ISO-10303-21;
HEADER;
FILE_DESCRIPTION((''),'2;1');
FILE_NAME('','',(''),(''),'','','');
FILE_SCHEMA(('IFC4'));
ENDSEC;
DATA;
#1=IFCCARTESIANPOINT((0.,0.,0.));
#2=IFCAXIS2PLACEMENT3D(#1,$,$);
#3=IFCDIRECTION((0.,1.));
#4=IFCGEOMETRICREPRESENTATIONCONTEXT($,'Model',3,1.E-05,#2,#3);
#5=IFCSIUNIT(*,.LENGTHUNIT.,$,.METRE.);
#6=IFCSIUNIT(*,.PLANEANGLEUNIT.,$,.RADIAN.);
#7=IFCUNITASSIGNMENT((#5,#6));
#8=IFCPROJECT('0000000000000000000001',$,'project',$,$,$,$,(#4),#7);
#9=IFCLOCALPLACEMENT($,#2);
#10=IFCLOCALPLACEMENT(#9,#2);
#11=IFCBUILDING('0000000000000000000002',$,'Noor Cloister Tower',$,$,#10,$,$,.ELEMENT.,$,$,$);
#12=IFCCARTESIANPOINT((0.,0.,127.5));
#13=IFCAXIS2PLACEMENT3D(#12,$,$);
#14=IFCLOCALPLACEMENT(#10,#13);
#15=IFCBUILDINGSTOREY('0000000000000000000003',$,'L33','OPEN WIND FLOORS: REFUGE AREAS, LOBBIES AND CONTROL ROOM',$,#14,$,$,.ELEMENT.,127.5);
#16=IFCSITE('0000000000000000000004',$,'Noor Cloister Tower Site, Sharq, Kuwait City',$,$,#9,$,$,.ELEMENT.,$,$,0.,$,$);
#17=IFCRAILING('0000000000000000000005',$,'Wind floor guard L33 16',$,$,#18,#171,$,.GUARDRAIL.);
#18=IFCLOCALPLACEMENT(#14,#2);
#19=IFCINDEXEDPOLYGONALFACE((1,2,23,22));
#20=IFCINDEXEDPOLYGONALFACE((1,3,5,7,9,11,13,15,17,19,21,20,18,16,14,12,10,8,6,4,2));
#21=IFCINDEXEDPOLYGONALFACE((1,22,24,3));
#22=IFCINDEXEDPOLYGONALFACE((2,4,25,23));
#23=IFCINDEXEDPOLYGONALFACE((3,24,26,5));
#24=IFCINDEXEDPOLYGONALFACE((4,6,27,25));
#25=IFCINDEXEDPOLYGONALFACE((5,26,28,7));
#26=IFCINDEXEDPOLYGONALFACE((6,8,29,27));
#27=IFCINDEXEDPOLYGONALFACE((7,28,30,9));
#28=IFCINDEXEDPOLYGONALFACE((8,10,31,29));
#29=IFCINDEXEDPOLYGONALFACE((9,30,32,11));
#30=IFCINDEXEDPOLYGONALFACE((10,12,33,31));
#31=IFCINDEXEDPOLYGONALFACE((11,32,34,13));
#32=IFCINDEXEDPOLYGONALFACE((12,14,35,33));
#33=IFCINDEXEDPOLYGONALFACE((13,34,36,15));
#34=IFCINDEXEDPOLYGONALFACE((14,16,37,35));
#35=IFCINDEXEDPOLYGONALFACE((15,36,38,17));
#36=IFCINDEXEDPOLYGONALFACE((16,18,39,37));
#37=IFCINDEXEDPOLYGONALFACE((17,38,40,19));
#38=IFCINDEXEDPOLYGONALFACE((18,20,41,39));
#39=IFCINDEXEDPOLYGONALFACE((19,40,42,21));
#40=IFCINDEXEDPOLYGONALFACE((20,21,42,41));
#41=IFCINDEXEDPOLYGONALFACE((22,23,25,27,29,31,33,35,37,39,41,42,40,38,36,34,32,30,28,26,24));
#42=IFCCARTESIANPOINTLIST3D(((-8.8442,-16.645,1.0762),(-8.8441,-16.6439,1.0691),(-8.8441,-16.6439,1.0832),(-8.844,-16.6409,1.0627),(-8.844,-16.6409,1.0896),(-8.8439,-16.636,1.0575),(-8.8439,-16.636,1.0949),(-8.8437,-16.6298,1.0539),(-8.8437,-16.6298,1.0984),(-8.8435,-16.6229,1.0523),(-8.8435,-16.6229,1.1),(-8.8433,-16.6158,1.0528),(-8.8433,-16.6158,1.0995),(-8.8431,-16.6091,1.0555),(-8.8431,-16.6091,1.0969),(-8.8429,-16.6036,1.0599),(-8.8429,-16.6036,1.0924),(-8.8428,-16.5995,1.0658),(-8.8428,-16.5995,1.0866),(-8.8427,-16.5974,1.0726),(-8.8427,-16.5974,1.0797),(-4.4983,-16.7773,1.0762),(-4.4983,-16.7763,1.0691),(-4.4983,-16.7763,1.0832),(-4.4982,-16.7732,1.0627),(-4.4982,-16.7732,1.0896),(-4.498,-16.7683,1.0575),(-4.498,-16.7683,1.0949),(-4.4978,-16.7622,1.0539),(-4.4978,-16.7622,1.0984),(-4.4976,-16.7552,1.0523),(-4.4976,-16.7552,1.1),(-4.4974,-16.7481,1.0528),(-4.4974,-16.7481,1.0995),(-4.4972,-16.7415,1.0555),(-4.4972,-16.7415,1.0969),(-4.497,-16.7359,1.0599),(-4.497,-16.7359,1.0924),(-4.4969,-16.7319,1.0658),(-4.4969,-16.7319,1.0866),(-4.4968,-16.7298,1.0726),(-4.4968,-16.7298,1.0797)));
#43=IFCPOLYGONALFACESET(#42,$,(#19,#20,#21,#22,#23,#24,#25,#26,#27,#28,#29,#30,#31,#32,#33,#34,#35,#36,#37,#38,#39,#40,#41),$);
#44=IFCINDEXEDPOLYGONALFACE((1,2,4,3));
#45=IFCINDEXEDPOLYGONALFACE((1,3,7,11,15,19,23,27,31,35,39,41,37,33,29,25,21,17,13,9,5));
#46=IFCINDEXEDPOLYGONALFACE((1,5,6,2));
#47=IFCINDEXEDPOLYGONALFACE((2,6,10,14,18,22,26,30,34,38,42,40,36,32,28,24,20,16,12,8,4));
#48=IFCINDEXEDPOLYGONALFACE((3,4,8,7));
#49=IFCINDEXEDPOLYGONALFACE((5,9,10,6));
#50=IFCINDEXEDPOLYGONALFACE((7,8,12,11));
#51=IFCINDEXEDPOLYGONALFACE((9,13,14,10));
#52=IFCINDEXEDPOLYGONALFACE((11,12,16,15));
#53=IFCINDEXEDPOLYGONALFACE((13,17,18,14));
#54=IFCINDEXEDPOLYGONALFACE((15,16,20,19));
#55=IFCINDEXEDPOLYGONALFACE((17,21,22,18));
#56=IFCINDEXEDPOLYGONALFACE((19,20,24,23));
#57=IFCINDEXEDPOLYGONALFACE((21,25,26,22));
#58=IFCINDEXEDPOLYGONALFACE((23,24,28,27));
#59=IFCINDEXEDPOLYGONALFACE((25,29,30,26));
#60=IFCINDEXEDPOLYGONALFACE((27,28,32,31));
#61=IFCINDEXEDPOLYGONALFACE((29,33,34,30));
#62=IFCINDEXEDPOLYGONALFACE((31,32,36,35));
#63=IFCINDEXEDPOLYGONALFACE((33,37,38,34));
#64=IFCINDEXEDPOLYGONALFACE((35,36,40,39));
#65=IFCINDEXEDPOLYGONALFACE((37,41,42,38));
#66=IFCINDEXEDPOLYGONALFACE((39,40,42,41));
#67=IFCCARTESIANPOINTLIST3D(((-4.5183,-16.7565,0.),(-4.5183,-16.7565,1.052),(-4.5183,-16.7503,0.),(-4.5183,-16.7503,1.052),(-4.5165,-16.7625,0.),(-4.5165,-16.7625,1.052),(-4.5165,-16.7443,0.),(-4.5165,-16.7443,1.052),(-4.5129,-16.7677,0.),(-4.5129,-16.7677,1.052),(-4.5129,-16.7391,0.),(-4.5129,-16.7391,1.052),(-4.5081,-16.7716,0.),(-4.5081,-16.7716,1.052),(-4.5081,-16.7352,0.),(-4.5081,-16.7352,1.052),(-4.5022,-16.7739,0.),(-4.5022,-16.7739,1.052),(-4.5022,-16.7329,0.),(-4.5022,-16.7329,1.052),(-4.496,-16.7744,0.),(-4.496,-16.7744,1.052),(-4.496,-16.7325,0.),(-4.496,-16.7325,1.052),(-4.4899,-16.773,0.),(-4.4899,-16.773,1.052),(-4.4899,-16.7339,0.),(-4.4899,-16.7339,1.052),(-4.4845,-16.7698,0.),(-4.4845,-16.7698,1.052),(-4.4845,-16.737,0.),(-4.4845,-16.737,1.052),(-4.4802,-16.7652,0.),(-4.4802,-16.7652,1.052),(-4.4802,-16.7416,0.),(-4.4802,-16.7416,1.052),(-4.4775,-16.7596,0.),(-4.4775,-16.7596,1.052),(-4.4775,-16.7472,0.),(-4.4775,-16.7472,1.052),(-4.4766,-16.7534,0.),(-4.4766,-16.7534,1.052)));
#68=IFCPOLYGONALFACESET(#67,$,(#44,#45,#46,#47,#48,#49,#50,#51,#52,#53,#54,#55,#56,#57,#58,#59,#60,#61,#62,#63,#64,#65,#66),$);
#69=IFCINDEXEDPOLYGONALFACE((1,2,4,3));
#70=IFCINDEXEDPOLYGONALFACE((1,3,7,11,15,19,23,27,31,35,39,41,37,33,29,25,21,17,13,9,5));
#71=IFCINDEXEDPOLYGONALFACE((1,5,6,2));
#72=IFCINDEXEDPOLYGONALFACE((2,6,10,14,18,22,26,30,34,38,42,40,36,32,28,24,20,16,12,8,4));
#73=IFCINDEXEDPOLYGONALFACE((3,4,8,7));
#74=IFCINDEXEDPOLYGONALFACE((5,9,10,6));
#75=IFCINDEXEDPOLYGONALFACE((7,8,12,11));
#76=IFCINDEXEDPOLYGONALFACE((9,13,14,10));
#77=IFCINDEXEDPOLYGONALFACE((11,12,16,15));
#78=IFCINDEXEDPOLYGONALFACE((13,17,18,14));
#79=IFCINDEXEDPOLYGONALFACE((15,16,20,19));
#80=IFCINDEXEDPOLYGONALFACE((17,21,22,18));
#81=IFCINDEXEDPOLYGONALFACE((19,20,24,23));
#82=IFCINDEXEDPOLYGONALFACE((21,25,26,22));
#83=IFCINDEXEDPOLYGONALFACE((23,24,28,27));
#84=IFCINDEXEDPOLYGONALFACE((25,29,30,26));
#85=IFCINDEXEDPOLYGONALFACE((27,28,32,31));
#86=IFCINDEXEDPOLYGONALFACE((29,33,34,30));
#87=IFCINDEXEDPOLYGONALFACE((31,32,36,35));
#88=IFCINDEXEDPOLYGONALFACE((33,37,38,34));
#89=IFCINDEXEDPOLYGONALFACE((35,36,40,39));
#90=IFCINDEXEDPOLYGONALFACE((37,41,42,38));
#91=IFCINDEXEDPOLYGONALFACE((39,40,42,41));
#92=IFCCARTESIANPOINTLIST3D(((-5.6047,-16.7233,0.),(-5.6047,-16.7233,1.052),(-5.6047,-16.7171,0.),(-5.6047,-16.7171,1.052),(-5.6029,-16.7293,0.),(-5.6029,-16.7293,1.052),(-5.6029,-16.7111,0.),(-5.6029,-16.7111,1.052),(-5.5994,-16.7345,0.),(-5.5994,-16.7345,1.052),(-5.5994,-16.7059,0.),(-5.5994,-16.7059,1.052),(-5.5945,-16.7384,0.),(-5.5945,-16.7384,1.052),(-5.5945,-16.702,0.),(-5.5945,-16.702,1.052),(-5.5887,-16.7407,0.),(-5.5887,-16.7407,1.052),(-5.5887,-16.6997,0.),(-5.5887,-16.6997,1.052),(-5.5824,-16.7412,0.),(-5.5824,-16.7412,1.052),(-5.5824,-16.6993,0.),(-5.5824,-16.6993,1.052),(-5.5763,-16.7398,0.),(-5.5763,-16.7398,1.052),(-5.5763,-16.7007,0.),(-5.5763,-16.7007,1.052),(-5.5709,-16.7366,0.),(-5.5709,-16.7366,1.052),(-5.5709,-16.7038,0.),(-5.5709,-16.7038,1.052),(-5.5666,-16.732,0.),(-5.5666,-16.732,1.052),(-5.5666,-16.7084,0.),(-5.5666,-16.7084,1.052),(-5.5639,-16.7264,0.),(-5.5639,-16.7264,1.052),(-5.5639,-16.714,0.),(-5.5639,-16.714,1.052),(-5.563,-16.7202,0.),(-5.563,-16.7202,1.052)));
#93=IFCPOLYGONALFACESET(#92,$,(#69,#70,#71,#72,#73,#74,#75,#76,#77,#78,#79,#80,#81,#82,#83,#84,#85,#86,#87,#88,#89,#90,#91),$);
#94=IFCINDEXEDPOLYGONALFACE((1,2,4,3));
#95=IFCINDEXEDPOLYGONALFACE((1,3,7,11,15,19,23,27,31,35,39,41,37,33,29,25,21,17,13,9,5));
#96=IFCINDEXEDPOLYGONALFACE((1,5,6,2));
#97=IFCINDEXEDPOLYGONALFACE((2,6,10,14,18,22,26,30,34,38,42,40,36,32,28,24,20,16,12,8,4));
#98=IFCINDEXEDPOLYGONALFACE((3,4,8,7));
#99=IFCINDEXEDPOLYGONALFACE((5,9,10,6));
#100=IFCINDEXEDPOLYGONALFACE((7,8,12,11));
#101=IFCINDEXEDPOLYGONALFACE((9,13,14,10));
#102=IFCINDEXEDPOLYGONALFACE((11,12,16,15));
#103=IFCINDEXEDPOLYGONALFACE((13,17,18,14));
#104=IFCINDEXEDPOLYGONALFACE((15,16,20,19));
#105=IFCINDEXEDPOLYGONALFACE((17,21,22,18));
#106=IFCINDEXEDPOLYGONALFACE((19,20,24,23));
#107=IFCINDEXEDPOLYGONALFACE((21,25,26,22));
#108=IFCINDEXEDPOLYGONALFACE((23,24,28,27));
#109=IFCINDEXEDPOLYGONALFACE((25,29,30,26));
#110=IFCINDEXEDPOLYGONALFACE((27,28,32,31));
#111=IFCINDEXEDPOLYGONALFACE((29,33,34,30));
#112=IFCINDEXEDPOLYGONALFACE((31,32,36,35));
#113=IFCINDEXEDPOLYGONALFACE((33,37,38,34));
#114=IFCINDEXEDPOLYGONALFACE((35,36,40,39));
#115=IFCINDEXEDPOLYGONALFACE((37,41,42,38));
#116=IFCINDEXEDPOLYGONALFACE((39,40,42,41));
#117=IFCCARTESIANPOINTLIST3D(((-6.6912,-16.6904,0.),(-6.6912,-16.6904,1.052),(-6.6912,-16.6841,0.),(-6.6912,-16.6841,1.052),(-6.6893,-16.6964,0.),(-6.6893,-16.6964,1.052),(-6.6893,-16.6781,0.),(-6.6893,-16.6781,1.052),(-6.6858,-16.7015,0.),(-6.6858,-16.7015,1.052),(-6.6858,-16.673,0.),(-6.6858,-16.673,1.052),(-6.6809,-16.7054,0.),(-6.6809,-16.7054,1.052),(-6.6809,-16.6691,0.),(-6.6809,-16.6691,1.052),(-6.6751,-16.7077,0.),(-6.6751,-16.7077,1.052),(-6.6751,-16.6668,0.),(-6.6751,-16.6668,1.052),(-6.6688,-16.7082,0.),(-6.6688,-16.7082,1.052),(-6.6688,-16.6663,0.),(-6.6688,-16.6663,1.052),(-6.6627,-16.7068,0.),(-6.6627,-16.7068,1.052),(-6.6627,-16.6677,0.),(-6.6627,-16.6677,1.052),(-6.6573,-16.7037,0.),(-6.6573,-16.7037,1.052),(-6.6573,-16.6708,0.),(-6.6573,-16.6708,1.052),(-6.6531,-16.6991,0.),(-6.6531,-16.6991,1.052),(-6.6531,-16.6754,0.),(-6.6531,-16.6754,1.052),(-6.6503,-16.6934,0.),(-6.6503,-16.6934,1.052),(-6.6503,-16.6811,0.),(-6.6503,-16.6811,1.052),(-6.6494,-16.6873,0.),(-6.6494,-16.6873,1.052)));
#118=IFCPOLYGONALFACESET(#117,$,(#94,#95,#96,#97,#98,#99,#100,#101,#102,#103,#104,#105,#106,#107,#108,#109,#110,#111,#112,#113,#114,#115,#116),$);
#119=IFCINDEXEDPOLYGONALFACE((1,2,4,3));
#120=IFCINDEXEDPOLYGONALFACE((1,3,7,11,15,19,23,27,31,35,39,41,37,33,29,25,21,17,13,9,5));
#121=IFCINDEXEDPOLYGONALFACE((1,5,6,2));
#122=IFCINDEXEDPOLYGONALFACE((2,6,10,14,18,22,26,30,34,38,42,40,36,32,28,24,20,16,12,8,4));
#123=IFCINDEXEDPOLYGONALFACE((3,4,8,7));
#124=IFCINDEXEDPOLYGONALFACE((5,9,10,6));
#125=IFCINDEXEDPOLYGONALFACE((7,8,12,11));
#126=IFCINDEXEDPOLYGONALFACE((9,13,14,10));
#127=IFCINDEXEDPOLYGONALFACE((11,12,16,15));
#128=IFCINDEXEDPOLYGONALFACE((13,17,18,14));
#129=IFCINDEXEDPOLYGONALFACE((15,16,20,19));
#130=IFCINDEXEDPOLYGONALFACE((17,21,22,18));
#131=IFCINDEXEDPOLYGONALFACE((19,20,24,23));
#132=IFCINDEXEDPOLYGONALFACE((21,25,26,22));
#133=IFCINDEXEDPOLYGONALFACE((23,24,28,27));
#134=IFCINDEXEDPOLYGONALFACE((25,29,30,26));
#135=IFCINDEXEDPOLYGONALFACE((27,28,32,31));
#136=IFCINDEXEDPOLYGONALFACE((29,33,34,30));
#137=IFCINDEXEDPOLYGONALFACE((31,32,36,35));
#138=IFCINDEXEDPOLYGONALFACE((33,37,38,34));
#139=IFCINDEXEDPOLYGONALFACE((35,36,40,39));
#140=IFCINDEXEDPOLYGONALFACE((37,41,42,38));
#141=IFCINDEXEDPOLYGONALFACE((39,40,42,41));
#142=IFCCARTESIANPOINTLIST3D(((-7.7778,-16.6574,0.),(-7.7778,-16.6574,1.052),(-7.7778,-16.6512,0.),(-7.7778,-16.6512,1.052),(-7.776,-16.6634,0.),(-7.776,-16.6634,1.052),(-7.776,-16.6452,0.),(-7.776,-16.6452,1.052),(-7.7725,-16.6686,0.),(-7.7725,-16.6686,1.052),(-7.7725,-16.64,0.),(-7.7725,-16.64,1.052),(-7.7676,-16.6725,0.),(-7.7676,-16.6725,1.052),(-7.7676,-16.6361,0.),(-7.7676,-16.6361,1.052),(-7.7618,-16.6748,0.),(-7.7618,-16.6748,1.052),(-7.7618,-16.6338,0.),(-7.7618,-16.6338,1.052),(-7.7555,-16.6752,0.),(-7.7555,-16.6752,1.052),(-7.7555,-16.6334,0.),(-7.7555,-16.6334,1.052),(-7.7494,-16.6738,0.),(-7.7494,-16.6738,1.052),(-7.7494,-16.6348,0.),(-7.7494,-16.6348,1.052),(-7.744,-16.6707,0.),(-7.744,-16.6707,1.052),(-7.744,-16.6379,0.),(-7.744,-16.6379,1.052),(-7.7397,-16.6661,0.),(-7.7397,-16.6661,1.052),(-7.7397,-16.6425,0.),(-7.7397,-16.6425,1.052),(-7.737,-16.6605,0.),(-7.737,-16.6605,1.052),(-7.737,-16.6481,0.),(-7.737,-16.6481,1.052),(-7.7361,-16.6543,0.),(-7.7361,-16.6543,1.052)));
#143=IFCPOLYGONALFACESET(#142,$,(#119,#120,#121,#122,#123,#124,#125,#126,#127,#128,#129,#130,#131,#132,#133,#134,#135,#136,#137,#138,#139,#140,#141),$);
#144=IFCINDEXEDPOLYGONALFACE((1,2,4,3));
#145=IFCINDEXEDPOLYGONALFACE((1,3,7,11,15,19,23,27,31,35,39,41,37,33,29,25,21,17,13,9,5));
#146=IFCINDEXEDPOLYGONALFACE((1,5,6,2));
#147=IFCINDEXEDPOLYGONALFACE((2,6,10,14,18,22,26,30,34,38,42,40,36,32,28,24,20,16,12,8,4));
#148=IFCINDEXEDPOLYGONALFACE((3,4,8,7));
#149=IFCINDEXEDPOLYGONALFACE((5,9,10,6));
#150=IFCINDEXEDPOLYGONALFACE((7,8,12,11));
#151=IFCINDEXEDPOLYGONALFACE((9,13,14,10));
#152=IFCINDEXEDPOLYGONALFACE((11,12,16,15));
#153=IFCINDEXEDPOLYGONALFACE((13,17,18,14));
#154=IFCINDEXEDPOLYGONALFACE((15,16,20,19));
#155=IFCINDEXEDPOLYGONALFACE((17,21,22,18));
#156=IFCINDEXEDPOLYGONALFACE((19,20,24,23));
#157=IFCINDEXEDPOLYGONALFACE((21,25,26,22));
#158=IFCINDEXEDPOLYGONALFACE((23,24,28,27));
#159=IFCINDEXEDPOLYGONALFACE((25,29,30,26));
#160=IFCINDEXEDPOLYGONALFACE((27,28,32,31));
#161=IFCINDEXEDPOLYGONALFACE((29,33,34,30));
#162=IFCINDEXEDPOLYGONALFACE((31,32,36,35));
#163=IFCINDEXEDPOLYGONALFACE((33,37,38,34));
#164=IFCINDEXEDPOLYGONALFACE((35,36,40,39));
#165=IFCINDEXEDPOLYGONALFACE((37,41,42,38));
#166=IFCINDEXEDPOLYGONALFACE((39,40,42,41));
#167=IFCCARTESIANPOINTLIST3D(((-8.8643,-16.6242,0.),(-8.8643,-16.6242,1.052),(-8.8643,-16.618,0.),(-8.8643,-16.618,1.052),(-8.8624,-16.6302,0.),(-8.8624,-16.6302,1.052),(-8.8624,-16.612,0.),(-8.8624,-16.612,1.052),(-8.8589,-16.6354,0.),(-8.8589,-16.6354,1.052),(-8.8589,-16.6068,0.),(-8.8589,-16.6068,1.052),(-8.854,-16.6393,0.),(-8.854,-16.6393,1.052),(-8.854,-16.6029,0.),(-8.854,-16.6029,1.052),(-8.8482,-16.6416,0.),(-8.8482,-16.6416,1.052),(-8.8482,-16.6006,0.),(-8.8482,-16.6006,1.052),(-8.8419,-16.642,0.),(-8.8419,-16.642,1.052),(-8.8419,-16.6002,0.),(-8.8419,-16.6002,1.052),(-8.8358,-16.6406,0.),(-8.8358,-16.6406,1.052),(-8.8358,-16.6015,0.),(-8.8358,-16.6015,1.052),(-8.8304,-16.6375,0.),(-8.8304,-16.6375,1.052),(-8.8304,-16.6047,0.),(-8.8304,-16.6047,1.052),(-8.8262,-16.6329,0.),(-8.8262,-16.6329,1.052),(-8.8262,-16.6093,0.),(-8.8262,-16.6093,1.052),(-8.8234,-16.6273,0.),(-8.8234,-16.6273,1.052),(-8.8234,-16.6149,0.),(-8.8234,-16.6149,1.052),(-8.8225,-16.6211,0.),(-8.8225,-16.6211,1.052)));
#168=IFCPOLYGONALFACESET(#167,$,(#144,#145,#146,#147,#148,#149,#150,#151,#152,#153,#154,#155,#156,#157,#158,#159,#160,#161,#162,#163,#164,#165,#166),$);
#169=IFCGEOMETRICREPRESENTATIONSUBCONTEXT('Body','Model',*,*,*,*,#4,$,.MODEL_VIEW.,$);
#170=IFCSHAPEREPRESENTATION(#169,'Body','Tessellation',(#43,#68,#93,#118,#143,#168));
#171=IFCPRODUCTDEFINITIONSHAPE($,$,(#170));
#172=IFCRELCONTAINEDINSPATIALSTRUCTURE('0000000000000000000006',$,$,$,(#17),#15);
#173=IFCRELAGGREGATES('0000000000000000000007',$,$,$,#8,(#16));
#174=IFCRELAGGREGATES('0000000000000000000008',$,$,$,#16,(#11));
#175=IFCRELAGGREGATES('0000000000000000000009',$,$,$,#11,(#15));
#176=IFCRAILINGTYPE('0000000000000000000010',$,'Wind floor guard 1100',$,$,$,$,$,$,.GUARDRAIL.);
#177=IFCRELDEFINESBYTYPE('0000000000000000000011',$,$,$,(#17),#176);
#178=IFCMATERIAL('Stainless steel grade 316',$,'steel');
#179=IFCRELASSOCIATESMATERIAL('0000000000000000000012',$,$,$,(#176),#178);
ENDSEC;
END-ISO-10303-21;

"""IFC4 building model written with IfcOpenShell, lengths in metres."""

from ifc_helpers import new_model, si_unit, direction, frame, origin, origin_2d, place, context, subcontext, project, spatial, circle, extrude, material, type_object, element, save


model = new_model("IFC4")

# Units and contexts
model_context = context("Model", 3, precision=1e-05, world=origin(), true_north=direction((0.0, 1.0)))
body_context = subcontext(model_context, "Body", "Model", "MODEL_VIEW")
ifc_project = project(units=[si_unit("LENGTHUNIT", "METRE"), si_unit("PLANEANGLEUNIT", "RADIAN")], contexts=[model_context])

# Site, building, storey
site_placement = place(None, origin())
site = spatial("IfcSite", under=ifc_project, at=site_placement, Name="Noor Cloister Tower Site, Sharq, Kuwait City", CompositionType="ELEMENT", RefElevation=0.0)
building_placement = place(site_placement, origin())
building = spatial("IfcBuilding", under=site, at=building_placement, Name="Noor Cloister Tower", CompositionType="ELEMENT")
storey_placement = place(building_placement, frame((0.0, 0.0, 127.5)))
storey = spatial("IfcBuildingStorey", under=building, at=storey_placement, Name="L33", Description="OPEN WIND FLOORS: REFUGE AREAS, LOBBIES AND CONTROL ROOM", CompositionType="ELEMENT", Elevation=127.5)

# Railing
ifc_material_1 = material(Name="Stainless steel grade 316", Category="steel")
railing_type = type_object("IfcRailingType", Name="Wind floor guard 1100", PredefinedType="GUARDRAIL", material=ifc_material_1)
railing_1_placement = place(storey_placement, frame((-4.4976, -16.7534, 0.0)))
element("IfcRailing", 1, at=railing_1_placement, inside=storey, type_object=railing_type, Name="Wind floor guard L33 16", PredefinedType="GUARDRAIL", context=body_context, shape_type="SweptSolid", body=[
    extrude(circle(Radius=0.0239, at=origin_2d()), frame((0.0, 0.0, 1.0762), z_axis=(-0.999537, 0.030434, 0.0), x_axis=(-0.030434, -0.999537, 0.0)), (0.0, 0.0, 1.0), 4.3479),
    extrude(circle(Radius=0.021, at=origin_2d()), origin(), (0.0, 0.0, 1.0), 1.052),
    extrude(circle(Radius=0.021, at=origin_2d()), frame((-1.0864, 0.0332, 0.0)), (0.0, 0.0, 1.0), 1.052),
    extrude(circle(Radius=0.021, at=origin_2d()), frame((-2.1729, 0.0662, 0.0)), (0.0, 0.0, 1.0), 1.052),
    extrude(circle(Radius=0.021, at=origin_2d()), frame((-3.2595, 0.0991, 0.0)), (0.0, 0.0, 1.0), 1.052),
    extrude(circle(Radius=0.021, at=origin_2d()), frame((-4.3459, 0.1323, 0.0)), (0.0, 0.0, 1.0), 1.052),
])

save(model, "model.ifc")
